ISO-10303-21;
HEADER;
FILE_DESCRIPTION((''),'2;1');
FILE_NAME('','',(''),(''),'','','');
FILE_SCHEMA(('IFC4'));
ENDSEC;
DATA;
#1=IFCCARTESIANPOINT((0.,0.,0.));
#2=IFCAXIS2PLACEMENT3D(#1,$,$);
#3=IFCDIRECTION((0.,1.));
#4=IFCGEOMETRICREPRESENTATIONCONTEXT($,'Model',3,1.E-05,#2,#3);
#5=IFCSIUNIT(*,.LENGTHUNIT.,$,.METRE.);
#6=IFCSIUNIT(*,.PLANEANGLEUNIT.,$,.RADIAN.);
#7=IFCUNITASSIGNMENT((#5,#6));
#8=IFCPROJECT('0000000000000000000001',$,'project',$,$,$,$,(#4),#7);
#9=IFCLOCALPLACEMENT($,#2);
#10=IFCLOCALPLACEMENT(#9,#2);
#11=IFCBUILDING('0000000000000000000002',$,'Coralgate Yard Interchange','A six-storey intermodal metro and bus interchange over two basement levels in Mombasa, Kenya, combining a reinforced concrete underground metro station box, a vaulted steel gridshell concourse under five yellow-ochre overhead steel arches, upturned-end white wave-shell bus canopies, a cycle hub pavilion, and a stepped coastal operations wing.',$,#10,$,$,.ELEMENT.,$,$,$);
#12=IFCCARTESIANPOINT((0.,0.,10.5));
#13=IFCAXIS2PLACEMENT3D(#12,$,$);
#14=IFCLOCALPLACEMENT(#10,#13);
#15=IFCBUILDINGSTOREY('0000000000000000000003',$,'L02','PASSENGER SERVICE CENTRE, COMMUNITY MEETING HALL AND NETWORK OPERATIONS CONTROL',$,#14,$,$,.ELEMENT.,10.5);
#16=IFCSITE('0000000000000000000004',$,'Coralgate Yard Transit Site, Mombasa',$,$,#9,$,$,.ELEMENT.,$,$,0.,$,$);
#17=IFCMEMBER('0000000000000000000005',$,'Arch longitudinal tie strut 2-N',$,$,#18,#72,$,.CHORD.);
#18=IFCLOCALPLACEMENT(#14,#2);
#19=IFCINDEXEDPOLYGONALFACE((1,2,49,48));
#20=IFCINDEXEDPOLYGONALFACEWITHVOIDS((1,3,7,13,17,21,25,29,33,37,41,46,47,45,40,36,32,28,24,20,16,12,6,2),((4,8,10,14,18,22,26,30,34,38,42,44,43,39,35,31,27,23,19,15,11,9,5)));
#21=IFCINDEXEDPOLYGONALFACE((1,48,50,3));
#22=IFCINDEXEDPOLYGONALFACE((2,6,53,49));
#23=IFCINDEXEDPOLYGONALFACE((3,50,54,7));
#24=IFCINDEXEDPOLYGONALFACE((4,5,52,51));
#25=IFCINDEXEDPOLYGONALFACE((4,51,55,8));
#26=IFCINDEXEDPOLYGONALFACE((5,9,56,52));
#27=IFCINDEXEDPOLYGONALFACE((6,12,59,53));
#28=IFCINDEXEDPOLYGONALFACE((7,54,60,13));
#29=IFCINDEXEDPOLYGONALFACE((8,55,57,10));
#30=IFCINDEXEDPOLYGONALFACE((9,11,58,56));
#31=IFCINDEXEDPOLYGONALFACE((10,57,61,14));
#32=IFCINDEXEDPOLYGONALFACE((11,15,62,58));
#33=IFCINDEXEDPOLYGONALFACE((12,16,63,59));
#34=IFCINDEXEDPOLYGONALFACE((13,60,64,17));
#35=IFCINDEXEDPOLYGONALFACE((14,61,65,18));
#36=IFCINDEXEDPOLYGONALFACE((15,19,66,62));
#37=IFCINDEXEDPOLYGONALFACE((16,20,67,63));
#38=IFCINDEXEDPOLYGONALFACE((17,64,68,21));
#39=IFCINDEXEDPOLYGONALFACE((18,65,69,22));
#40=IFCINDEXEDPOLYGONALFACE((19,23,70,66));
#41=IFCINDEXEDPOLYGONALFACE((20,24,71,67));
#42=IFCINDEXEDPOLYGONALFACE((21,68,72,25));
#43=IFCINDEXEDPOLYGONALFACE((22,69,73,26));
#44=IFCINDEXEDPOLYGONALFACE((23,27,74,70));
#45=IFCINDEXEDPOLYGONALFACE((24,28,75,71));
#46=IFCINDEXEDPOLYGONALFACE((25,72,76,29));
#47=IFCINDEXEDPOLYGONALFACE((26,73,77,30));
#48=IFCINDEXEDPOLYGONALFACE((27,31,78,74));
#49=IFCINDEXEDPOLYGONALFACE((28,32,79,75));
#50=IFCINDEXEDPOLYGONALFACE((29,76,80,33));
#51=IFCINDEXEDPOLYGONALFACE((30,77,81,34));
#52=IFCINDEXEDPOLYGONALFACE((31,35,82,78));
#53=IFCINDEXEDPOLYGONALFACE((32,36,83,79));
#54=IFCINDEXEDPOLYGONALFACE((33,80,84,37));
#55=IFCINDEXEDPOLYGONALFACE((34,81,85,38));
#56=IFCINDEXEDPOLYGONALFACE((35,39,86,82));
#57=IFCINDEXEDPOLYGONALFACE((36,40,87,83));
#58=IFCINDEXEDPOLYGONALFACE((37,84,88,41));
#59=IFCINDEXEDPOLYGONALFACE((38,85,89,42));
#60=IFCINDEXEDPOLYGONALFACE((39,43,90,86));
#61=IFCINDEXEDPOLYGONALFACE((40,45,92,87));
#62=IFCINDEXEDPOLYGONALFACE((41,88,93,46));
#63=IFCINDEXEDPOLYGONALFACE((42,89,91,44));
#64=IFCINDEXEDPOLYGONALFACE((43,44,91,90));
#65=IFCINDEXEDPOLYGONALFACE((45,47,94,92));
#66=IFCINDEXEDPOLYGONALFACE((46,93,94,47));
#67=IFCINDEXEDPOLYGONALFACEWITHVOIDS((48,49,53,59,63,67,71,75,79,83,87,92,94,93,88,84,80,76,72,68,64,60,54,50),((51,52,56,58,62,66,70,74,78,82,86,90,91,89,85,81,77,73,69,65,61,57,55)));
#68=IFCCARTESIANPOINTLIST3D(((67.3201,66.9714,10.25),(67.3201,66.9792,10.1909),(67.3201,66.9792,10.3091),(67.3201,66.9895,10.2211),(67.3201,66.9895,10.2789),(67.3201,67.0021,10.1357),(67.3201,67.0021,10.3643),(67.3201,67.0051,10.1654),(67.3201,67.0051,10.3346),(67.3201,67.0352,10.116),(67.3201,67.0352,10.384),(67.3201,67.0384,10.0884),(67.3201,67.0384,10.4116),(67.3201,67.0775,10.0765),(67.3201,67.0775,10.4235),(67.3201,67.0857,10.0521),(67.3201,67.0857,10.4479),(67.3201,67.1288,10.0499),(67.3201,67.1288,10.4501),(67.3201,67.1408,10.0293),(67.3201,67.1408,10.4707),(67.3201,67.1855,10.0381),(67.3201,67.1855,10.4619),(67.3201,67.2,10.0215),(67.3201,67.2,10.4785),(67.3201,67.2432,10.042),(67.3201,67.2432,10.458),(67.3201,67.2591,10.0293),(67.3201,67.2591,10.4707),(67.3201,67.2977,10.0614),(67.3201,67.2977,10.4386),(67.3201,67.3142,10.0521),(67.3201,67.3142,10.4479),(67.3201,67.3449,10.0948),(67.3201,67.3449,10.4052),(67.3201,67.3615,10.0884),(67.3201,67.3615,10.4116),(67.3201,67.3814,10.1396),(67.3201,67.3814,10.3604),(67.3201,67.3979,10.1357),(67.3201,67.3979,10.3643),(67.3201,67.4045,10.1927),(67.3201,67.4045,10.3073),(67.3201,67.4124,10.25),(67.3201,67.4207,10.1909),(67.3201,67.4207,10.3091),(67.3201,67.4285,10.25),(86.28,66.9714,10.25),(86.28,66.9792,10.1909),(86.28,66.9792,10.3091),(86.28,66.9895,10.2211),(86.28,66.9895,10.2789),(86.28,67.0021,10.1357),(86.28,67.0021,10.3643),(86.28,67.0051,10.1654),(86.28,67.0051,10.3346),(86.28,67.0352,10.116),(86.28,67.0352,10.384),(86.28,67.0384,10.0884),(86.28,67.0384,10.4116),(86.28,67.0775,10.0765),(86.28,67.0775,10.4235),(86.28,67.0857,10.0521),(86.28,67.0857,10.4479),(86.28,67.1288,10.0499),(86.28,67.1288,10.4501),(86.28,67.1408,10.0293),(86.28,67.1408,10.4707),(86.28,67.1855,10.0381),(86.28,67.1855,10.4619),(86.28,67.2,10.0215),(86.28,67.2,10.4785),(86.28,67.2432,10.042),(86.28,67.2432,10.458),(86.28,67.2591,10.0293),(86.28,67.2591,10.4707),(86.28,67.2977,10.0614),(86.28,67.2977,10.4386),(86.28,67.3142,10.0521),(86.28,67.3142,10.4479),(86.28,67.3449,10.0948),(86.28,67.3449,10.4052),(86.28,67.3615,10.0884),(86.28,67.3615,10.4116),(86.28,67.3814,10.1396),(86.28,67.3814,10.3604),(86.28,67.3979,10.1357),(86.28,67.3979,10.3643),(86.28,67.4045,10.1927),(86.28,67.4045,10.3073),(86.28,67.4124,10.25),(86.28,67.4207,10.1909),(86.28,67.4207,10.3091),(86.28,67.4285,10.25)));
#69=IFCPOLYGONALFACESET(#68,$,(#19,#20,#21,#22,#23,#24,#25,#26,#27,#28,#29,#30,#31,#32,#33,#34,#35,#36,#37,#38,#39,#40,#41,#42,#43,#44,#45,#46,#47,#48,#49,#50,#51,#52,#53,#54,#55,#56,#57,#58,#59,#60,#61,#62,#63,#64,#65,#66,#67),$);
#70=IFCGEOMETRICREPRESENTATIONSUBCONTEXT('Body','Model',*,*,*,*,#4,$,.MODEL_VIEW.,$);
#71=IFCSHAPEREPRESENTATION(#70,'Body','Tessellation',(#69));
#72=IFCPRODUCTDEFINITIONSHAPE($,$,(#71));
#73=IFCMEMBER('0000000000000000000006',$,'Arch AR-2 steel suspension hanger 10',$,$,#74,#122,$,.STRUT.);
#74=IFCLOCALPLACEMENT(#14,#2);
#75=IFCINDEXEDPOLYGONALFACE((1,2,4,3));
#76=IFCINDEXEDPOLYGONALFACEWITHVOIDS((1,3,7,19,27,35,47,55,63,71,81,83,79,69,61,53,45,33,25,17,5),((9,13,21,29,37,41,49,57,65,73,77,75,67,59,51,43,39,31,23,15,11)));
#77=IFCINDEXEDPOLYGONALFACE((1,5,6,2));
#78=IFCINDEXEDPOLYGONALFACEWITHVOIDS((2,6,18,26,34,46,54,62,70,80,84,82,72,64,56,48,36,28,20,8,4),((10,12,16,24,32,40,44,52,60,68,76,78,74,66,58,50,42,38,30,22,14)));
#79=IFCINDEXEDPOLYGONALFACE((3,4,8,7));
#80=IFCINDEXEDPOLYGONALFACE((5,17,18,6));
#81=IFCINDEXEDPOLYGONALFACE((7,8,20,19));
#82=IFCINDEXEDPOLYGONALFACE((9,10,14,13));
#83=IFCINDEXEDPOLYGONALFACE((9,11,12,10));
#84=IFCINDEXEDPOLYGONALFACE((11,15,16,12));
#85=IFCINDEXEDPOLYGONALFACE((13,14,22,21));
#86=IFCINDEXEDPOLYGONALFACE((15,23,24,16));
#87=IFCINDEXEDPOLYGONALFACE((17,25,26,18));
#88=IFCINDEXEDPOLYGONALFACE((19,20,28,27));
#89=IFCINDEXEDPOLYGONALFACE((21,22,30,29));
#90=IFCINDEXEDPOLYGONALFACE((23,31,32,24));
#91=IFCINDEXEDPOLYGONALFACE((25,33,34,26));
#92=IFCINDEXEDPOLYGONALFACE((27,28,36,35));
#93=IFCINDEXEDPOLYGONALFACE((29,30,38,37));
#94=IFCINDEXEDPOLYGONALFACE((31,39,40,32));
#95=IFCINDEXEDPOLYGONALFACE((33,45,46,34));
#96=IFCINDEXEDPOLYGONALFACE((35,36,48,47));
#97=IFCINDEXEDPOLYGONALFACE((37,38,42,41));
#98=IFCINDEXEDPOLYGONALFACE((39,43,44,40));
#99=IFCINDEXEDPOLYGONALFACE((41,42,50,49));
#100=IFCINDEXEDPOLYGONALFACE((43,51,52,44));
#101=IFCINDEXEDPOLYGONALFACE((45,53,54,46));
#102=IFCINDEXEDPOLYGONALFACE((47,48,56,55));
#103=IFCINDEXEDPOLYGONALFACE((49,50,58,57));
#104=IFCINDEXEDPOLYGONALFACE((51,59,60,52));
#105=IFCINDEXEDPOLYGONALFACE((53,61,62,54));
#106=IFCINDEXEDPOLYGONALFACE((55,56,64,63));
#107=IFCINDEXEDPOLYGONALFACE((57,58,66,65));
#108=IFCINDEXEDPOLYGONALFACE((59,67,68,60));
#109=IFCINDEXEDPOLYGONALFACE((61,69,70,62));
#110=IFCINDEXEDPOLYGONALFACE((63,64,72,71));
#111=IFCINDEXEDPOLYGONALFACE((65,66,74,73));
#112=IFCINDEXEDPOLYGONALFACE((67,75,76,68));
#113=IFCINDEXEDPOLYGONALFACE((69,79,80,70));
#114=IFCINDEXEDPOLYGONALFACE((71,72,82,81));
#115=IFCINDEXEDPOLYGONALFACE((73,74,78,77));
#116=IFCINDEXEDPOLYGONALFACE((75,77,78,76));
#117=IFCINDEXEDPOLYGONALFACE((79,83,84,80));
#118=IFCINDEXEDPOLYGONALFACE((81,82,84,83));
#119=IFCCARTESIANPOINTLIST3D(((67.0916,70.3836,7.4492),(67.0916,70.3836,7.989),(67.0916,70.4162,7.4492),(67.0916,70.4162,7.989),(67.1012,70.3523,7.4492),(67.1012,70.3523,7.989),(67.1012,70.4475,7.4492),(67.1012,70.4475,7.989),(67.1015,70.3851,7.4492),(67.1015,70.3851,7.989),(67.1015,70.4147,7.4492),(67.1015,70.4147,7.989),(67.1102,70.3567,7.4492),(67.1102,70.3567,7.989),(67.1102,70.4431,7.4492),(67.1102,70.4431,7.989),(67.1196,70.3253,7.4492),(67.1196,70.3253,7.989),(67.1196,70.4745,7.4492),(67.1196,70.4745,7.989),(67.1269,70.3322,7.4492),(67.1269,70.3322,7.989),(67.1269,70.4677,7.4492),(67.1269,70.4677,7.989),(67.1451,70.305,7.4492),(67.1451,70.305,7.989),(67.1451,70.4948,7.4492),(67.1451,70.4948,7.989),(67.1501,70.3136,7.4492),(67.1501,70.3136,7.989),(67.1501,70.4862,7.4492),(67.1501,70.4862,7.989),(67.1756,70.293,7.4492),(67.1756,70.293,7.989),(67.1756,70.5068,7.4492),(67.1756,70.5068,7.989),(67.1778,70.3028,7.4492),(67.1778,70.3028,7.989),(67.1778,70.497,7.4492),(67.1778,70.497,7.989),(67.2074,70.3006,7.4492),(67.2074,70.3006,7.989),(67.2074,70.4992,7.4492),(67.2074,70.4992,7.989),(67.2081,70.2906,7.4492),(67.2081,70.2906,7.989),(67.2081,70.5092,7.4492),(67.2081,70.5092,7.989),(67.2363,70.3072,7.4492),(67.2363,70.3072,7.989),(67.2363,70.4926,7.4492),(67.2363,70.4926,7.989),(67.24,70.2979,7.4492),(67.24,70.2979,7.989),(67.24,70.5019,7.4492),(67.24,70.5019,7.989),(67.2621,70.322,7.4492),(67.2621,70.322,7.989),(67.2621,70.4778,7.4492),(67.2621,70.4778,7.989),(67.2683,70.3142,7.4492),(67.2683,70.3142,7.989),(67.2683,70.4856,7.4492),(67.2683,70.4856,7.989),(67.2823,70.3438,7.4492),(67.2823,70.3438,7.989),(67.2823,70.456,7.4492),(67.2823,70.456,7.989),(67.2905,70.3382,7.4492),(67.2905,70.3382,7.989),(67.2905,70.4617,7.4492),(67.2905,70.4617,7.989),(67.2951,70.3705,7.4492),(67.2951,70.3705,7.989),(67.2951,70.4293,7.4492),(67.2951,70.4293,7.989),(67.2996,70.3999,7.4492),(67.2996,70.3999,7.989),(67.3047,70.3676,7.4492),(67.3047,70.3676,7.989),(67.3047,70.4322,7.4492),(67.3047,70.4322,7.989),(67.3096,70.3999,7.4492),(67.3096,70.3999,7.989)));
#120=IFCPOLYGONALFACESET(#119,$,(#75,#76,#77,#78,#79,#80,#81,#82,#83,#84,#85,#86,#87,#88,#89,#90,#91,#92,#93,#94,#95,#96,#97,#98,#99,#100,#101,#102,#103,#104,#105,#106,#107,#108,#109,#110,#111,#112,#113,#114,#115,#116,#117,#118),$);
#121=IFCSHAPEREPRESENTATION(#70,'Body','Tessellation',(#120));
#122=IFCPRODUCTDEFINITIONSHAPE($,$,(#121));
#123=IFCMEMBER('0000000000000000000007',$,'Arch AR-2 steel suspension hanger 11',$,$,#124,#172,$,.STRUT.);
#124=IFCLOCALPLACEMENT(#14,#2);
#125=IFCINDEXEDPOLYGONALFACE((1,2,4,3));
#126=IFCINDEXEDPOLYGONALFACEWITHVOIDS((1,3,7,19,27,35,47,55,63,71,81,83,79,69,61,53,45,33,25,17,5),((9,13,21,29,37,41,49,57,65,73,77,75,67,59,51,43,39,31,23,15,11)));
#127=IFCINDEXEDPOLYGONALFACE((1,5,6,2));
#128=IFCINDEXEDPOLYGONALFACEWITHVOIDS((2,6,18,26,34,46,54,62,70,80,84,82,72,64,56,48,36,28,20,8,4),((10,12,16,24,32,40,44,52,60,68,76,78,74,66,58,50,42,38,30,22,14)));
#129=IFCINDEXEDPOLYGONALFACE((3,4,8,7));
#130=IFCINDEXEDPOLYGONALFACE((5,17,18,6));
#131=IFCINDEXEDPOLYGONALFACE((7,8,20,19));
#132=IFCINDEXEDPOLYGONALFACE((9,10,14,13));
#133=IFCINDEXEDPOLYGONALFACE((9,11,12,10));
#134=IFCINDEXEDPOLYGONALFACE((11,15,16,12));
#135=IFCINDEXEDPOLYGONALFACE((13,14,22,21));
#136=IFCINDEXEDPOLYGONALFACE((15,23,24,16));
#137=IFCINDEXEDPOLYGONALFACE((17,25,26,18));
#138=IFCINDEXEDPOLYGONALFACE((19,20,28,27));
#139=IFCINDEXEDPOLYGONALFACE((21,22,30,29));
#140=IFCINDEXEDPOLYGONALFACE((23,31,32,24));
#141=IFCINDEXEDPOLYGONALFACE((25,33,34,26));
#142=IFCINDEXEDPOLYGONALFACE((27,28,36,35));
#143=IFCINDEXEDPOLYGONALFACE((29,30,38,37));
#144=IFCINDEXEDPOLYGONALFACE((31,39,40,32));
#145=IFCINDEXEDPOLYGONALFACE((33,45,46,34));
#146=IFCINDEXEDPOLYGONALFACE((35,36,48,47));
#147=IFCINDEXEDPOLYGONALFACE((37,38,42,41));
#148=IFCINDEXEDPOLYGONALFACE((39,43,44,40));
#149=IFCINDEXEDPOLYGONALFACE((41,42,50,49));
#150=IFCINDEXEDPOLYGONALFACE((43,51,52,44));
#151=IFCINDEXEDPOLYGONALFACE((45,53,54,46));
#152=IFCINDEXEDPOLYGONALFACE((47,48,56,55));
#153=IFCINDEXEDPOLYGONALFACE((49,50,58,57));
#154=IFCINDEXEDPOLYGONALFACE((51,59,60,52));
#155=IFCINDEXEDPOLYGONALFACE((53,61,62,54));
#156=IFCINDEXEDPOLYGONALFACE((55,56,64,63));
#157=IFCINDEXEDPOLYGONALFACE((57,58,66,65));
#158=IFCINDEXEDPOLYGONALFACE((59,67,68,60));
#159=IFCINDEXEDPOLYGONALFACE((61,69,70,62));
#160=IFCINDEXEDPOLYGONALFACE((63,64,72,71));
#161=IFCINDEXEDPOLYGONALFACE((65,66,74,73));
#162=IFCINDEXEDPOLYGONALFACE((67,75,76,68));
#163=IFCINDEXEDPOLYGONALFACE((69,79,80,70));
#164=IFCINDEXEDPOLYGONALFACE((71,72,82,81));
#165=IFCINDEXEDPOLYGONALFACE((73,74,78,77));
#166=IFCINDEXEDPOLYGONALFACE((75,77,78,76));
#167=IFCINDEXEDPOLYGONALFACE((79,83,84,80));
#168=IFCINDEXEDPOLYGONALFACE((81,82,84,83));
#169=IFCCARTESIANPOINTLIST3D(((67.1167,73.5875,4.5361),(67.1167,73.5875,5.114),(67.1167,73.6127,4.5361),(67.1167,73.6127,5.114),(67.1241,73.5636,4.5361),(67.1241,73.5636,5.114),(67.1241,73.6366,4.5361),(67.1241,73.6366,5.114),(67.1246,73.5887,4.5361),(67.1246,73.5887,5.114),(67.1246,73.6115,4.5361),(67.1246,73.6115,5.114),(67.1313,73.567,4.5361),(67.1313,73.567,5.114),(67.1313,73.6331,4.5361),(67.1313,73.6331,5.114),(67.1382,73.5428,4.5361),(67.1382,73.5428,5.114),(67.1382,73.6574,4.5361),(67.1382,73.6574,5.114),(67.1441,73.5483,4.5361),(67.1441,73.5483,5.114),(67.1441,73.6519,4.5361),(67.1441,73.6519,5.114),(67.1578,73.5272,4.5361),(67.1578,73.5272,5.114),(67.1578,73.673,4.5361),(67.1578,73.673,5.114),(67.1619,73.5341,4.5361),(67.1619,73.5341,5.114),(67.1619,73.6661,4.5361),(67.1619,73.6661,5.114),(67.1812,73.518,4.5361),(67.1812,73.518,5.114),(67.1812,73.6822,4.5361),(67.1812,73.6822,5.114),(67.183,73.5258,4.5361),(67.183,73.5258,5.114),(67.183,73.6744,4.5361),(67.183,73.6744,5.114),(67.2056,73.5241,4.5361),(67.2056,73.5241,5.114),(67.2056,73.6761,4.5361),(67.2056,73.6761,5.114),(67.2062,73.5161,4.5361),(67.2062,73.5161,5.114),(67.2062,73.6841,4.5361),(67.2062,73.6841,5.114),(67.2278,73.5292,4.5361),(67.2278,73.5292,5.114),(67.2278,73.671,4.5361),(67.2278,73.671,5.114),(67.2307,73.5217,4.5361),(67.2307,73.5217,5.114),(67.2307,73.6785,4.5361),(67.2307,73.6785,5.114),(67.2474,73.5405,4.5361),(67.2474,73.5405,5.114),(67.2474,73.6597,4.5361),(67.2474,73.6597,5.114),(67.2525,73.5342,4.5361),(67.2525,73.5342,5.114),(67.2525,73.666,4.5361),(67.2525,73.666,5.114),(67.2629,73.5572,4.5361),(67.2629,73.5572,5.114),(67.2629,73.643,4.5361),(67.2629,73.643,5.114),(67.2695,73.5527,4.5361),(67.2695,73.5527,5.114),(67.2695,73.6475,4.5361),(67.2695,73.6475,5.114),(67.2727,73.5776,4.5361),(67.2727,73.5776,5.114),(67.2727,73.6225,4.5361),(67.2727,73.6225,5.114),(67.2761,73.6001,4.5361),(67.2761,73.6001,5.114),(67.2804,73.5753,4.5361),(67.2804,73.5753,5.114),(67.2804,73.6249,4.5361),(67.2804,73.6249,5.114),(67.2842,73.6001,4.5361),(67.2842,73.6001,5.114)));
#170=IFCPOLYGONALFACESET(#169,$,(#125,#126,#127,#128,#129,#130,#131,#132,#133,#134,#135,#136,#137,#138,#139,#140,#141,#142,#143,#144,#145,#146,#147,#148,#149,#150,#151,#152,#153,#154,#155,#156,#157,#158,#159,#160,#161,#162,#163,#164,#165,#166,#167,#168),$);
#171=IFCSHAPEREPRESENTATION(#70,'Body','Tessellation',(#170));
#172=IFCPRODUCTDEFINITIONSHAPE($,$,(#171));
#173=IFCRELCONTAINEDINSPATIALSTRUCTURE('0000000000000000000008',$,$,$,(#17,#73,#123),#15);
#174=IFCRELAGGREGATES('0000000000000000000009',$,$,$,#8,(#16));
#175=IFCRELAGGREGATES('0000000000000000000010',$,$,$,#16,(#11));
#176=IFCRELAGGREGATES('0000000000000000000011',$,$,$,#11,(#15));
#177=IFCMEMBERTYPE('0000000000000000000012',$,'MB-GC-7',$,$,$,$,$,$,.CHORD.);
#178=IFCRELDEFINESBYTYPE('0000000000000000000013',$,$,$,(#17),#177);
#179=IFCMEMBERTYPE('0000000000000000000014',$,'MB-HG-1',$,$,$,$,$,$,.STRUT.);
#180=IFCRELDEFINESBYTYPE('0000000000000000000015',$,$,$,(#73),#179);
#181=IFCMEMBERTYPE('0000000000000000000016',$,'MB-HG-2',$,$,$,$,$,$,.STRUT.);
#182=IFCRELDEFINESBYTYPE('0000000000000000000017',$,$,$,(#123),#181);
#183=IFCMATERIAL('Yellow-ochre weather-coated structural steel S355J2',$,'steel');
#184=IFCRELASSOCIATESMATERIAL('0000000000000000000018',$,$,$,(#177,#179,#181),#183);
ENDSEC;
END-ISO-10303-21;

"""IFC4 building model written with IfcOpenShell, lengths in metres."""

from ifc_helpers import new_model, si_unit, direction, frame, origin, origin_2d, place, context, subcontext, project, spatial, hollow_circle, extrude, material, material_profile, profile_set, type_object, element, save


model = new_model("IFC4")

# Units and contexts
model_context = context("Model", 3, precision=1e-05, world=origin(), true_north=direction((0.0, 1.0)))
body_context = subcontext(model_context, "Body", "Model", "MODEL_VIEW")
ifc_project = project(units=[si_unit("LENGTHUNIT", "METRE"), si_unit("PLANEANGLEUNIT", "RADIAN")], contexts=[model_context])

# Site, building, storey
site_placement = place(None, origin())
site = spatial("IfcSite", under=ifc_project, at=site_placement, Name="Coralgate Yard Transit Site, Mombasa", CompositionType="ELEMENT", RefElevation=0.0)
building_placement = place(site_placement, origin())
building = spatial("IfcBuilding", under=site, at=building_placement, Name="Coralgate Yard Interchange", Description="A six-storey intermodal metro and bus interchange over two basement levels in Mombasa, Kenya, combining a reinforced concrete underground metro station box, a vaulted steel gridshell concourse under five yellow-ochre overhead steel arches, upturned-end white wave-shell bus canopies, a cycle hub pavilion, and a stepped coastal operations wing.", CompositionType="ELEMENT")
storey_placement = place(building_placement, frame((0.0, 0.0, 10.5)))
storey = spatial("IfcBuildingStorey", under=building, at=storey_placement, Name="L02", Description="PASSENGER SERVICE CENTRE, COMMUNITY MEETING HALL AND NETWORK OPERATIONS CONTROL", CompositionType="ELEMENT", Elevation=10.5)

# Shared definitions
ifc_material_1 = material(Name="Yellow-ochre weather-coated structural steel S355J2", Category="steel")

# Members
ifc_material_profile_1 = material_profile(ifc_material_1, hollow_circle(Radius=0.2285, WallThickness=0.0161, at=origin_2d()), Name="CHS 457x16")
ifc_profile_set_1 = profile_set([ifc_material_profile_1], Name="Yellow-ochre weather-coated structural steel S355J2")
member_type_1 = type_object("IfcMemberType", Name="MB-GC-7", PredefinedType="CHORD", material=ifc_profile_set_1)
member_1_placement = place(storey_placement, frame((67.3201, 67.2, 10.25), z_axis=(1.0, 0.0, 0.0), x_axis=(0.0, 1.0, 0.0)))
element("IfcMember", 1, at=member_1_placement, inside=storey, type_object=member_type_1, Name="Arch longitudinal tie strut 2-N", PredefinedType="CHORD", context=body_context, shape_type="SweptSolid", body=[
    extrude(hollow_circle(Radius=0.2285, WallThickness=0.0161, at=origin_2d()), origin(), (0.0, 0.0, 1.0), 18.96),
])
ifc_material_profile_2 = material_profile(ifc_material_1, hollow_circle(Radius=0.1096, WallThickness=0.01, at=origin_2d()), Name="CHS 219.1x10")
ifc_profile_set_2 = profile_set([ifc_material_profile_2], Name="Yellow-ochre weather-coated structural steel S355J2")
member_type_2 = type_object("IfcMemberType", Name="MB-HG-1", PredefinedType="STRUT", material=ifc_profile_set_2)
member_2_placement = place(storey_placement, frame((67.2, 70.3999, 7.4492), z_axis=(0.0, 0.0, 1.0), x_axis=(1.0, 0.0, 0.0)))
element("IfcMember", 2, at=member_2_placement, inside=storey, type_object=member_type_2, Name="Arch AR-2 steel suspension hanger 10", PredefinedType="STRUT", context=body_context, shape_type="SweptSolid", body=[
    extrude(hollow_circle(Radius=0.1096, WallThickness=0.01, at=origin_2d()), origin(), (0.0, 0.0, 1.0), 0.5398),
])
ifc_material_profile_3 = material_profile(ifc_material_1, hollow_circle(Radius=0.0842, WallThickness=0.0081, at=origin_2d()), Name="CHS 168.3x8")
ifc_profile_set_3 = profile_set([ifc_material_profile_3], Name="Yellow-ochre weather-coated structural steel S355J2")
member_type_3 = type_object("IfcMemberType", Name="MB-HG-2", PredefinedType="STRUT", material=ifc_profile_set_3)
member_3_placement = place(storey_placement, frame((67.2, 73.6001, 4.5361), z_axis=(0.0, 0.0, 1.0), x_axis=(1.0, 0.0, 0.0)))
element("IfcMember", 3, at=member_3_placement, inside=storey, type_object=member_type_3, Name="Arch AR-2 steel suspension hanger 11", PredefinedType="STRUT", context=body_context, shape_type="SweptSolid", body=[
    extrude(hollow_circle(Radius=0.0842, WallThickness=0.0081, at=origin_2d()), origin(), (0.0, 0.0, 1.0), 0.5779),
])

save(model, "model.ifc")
